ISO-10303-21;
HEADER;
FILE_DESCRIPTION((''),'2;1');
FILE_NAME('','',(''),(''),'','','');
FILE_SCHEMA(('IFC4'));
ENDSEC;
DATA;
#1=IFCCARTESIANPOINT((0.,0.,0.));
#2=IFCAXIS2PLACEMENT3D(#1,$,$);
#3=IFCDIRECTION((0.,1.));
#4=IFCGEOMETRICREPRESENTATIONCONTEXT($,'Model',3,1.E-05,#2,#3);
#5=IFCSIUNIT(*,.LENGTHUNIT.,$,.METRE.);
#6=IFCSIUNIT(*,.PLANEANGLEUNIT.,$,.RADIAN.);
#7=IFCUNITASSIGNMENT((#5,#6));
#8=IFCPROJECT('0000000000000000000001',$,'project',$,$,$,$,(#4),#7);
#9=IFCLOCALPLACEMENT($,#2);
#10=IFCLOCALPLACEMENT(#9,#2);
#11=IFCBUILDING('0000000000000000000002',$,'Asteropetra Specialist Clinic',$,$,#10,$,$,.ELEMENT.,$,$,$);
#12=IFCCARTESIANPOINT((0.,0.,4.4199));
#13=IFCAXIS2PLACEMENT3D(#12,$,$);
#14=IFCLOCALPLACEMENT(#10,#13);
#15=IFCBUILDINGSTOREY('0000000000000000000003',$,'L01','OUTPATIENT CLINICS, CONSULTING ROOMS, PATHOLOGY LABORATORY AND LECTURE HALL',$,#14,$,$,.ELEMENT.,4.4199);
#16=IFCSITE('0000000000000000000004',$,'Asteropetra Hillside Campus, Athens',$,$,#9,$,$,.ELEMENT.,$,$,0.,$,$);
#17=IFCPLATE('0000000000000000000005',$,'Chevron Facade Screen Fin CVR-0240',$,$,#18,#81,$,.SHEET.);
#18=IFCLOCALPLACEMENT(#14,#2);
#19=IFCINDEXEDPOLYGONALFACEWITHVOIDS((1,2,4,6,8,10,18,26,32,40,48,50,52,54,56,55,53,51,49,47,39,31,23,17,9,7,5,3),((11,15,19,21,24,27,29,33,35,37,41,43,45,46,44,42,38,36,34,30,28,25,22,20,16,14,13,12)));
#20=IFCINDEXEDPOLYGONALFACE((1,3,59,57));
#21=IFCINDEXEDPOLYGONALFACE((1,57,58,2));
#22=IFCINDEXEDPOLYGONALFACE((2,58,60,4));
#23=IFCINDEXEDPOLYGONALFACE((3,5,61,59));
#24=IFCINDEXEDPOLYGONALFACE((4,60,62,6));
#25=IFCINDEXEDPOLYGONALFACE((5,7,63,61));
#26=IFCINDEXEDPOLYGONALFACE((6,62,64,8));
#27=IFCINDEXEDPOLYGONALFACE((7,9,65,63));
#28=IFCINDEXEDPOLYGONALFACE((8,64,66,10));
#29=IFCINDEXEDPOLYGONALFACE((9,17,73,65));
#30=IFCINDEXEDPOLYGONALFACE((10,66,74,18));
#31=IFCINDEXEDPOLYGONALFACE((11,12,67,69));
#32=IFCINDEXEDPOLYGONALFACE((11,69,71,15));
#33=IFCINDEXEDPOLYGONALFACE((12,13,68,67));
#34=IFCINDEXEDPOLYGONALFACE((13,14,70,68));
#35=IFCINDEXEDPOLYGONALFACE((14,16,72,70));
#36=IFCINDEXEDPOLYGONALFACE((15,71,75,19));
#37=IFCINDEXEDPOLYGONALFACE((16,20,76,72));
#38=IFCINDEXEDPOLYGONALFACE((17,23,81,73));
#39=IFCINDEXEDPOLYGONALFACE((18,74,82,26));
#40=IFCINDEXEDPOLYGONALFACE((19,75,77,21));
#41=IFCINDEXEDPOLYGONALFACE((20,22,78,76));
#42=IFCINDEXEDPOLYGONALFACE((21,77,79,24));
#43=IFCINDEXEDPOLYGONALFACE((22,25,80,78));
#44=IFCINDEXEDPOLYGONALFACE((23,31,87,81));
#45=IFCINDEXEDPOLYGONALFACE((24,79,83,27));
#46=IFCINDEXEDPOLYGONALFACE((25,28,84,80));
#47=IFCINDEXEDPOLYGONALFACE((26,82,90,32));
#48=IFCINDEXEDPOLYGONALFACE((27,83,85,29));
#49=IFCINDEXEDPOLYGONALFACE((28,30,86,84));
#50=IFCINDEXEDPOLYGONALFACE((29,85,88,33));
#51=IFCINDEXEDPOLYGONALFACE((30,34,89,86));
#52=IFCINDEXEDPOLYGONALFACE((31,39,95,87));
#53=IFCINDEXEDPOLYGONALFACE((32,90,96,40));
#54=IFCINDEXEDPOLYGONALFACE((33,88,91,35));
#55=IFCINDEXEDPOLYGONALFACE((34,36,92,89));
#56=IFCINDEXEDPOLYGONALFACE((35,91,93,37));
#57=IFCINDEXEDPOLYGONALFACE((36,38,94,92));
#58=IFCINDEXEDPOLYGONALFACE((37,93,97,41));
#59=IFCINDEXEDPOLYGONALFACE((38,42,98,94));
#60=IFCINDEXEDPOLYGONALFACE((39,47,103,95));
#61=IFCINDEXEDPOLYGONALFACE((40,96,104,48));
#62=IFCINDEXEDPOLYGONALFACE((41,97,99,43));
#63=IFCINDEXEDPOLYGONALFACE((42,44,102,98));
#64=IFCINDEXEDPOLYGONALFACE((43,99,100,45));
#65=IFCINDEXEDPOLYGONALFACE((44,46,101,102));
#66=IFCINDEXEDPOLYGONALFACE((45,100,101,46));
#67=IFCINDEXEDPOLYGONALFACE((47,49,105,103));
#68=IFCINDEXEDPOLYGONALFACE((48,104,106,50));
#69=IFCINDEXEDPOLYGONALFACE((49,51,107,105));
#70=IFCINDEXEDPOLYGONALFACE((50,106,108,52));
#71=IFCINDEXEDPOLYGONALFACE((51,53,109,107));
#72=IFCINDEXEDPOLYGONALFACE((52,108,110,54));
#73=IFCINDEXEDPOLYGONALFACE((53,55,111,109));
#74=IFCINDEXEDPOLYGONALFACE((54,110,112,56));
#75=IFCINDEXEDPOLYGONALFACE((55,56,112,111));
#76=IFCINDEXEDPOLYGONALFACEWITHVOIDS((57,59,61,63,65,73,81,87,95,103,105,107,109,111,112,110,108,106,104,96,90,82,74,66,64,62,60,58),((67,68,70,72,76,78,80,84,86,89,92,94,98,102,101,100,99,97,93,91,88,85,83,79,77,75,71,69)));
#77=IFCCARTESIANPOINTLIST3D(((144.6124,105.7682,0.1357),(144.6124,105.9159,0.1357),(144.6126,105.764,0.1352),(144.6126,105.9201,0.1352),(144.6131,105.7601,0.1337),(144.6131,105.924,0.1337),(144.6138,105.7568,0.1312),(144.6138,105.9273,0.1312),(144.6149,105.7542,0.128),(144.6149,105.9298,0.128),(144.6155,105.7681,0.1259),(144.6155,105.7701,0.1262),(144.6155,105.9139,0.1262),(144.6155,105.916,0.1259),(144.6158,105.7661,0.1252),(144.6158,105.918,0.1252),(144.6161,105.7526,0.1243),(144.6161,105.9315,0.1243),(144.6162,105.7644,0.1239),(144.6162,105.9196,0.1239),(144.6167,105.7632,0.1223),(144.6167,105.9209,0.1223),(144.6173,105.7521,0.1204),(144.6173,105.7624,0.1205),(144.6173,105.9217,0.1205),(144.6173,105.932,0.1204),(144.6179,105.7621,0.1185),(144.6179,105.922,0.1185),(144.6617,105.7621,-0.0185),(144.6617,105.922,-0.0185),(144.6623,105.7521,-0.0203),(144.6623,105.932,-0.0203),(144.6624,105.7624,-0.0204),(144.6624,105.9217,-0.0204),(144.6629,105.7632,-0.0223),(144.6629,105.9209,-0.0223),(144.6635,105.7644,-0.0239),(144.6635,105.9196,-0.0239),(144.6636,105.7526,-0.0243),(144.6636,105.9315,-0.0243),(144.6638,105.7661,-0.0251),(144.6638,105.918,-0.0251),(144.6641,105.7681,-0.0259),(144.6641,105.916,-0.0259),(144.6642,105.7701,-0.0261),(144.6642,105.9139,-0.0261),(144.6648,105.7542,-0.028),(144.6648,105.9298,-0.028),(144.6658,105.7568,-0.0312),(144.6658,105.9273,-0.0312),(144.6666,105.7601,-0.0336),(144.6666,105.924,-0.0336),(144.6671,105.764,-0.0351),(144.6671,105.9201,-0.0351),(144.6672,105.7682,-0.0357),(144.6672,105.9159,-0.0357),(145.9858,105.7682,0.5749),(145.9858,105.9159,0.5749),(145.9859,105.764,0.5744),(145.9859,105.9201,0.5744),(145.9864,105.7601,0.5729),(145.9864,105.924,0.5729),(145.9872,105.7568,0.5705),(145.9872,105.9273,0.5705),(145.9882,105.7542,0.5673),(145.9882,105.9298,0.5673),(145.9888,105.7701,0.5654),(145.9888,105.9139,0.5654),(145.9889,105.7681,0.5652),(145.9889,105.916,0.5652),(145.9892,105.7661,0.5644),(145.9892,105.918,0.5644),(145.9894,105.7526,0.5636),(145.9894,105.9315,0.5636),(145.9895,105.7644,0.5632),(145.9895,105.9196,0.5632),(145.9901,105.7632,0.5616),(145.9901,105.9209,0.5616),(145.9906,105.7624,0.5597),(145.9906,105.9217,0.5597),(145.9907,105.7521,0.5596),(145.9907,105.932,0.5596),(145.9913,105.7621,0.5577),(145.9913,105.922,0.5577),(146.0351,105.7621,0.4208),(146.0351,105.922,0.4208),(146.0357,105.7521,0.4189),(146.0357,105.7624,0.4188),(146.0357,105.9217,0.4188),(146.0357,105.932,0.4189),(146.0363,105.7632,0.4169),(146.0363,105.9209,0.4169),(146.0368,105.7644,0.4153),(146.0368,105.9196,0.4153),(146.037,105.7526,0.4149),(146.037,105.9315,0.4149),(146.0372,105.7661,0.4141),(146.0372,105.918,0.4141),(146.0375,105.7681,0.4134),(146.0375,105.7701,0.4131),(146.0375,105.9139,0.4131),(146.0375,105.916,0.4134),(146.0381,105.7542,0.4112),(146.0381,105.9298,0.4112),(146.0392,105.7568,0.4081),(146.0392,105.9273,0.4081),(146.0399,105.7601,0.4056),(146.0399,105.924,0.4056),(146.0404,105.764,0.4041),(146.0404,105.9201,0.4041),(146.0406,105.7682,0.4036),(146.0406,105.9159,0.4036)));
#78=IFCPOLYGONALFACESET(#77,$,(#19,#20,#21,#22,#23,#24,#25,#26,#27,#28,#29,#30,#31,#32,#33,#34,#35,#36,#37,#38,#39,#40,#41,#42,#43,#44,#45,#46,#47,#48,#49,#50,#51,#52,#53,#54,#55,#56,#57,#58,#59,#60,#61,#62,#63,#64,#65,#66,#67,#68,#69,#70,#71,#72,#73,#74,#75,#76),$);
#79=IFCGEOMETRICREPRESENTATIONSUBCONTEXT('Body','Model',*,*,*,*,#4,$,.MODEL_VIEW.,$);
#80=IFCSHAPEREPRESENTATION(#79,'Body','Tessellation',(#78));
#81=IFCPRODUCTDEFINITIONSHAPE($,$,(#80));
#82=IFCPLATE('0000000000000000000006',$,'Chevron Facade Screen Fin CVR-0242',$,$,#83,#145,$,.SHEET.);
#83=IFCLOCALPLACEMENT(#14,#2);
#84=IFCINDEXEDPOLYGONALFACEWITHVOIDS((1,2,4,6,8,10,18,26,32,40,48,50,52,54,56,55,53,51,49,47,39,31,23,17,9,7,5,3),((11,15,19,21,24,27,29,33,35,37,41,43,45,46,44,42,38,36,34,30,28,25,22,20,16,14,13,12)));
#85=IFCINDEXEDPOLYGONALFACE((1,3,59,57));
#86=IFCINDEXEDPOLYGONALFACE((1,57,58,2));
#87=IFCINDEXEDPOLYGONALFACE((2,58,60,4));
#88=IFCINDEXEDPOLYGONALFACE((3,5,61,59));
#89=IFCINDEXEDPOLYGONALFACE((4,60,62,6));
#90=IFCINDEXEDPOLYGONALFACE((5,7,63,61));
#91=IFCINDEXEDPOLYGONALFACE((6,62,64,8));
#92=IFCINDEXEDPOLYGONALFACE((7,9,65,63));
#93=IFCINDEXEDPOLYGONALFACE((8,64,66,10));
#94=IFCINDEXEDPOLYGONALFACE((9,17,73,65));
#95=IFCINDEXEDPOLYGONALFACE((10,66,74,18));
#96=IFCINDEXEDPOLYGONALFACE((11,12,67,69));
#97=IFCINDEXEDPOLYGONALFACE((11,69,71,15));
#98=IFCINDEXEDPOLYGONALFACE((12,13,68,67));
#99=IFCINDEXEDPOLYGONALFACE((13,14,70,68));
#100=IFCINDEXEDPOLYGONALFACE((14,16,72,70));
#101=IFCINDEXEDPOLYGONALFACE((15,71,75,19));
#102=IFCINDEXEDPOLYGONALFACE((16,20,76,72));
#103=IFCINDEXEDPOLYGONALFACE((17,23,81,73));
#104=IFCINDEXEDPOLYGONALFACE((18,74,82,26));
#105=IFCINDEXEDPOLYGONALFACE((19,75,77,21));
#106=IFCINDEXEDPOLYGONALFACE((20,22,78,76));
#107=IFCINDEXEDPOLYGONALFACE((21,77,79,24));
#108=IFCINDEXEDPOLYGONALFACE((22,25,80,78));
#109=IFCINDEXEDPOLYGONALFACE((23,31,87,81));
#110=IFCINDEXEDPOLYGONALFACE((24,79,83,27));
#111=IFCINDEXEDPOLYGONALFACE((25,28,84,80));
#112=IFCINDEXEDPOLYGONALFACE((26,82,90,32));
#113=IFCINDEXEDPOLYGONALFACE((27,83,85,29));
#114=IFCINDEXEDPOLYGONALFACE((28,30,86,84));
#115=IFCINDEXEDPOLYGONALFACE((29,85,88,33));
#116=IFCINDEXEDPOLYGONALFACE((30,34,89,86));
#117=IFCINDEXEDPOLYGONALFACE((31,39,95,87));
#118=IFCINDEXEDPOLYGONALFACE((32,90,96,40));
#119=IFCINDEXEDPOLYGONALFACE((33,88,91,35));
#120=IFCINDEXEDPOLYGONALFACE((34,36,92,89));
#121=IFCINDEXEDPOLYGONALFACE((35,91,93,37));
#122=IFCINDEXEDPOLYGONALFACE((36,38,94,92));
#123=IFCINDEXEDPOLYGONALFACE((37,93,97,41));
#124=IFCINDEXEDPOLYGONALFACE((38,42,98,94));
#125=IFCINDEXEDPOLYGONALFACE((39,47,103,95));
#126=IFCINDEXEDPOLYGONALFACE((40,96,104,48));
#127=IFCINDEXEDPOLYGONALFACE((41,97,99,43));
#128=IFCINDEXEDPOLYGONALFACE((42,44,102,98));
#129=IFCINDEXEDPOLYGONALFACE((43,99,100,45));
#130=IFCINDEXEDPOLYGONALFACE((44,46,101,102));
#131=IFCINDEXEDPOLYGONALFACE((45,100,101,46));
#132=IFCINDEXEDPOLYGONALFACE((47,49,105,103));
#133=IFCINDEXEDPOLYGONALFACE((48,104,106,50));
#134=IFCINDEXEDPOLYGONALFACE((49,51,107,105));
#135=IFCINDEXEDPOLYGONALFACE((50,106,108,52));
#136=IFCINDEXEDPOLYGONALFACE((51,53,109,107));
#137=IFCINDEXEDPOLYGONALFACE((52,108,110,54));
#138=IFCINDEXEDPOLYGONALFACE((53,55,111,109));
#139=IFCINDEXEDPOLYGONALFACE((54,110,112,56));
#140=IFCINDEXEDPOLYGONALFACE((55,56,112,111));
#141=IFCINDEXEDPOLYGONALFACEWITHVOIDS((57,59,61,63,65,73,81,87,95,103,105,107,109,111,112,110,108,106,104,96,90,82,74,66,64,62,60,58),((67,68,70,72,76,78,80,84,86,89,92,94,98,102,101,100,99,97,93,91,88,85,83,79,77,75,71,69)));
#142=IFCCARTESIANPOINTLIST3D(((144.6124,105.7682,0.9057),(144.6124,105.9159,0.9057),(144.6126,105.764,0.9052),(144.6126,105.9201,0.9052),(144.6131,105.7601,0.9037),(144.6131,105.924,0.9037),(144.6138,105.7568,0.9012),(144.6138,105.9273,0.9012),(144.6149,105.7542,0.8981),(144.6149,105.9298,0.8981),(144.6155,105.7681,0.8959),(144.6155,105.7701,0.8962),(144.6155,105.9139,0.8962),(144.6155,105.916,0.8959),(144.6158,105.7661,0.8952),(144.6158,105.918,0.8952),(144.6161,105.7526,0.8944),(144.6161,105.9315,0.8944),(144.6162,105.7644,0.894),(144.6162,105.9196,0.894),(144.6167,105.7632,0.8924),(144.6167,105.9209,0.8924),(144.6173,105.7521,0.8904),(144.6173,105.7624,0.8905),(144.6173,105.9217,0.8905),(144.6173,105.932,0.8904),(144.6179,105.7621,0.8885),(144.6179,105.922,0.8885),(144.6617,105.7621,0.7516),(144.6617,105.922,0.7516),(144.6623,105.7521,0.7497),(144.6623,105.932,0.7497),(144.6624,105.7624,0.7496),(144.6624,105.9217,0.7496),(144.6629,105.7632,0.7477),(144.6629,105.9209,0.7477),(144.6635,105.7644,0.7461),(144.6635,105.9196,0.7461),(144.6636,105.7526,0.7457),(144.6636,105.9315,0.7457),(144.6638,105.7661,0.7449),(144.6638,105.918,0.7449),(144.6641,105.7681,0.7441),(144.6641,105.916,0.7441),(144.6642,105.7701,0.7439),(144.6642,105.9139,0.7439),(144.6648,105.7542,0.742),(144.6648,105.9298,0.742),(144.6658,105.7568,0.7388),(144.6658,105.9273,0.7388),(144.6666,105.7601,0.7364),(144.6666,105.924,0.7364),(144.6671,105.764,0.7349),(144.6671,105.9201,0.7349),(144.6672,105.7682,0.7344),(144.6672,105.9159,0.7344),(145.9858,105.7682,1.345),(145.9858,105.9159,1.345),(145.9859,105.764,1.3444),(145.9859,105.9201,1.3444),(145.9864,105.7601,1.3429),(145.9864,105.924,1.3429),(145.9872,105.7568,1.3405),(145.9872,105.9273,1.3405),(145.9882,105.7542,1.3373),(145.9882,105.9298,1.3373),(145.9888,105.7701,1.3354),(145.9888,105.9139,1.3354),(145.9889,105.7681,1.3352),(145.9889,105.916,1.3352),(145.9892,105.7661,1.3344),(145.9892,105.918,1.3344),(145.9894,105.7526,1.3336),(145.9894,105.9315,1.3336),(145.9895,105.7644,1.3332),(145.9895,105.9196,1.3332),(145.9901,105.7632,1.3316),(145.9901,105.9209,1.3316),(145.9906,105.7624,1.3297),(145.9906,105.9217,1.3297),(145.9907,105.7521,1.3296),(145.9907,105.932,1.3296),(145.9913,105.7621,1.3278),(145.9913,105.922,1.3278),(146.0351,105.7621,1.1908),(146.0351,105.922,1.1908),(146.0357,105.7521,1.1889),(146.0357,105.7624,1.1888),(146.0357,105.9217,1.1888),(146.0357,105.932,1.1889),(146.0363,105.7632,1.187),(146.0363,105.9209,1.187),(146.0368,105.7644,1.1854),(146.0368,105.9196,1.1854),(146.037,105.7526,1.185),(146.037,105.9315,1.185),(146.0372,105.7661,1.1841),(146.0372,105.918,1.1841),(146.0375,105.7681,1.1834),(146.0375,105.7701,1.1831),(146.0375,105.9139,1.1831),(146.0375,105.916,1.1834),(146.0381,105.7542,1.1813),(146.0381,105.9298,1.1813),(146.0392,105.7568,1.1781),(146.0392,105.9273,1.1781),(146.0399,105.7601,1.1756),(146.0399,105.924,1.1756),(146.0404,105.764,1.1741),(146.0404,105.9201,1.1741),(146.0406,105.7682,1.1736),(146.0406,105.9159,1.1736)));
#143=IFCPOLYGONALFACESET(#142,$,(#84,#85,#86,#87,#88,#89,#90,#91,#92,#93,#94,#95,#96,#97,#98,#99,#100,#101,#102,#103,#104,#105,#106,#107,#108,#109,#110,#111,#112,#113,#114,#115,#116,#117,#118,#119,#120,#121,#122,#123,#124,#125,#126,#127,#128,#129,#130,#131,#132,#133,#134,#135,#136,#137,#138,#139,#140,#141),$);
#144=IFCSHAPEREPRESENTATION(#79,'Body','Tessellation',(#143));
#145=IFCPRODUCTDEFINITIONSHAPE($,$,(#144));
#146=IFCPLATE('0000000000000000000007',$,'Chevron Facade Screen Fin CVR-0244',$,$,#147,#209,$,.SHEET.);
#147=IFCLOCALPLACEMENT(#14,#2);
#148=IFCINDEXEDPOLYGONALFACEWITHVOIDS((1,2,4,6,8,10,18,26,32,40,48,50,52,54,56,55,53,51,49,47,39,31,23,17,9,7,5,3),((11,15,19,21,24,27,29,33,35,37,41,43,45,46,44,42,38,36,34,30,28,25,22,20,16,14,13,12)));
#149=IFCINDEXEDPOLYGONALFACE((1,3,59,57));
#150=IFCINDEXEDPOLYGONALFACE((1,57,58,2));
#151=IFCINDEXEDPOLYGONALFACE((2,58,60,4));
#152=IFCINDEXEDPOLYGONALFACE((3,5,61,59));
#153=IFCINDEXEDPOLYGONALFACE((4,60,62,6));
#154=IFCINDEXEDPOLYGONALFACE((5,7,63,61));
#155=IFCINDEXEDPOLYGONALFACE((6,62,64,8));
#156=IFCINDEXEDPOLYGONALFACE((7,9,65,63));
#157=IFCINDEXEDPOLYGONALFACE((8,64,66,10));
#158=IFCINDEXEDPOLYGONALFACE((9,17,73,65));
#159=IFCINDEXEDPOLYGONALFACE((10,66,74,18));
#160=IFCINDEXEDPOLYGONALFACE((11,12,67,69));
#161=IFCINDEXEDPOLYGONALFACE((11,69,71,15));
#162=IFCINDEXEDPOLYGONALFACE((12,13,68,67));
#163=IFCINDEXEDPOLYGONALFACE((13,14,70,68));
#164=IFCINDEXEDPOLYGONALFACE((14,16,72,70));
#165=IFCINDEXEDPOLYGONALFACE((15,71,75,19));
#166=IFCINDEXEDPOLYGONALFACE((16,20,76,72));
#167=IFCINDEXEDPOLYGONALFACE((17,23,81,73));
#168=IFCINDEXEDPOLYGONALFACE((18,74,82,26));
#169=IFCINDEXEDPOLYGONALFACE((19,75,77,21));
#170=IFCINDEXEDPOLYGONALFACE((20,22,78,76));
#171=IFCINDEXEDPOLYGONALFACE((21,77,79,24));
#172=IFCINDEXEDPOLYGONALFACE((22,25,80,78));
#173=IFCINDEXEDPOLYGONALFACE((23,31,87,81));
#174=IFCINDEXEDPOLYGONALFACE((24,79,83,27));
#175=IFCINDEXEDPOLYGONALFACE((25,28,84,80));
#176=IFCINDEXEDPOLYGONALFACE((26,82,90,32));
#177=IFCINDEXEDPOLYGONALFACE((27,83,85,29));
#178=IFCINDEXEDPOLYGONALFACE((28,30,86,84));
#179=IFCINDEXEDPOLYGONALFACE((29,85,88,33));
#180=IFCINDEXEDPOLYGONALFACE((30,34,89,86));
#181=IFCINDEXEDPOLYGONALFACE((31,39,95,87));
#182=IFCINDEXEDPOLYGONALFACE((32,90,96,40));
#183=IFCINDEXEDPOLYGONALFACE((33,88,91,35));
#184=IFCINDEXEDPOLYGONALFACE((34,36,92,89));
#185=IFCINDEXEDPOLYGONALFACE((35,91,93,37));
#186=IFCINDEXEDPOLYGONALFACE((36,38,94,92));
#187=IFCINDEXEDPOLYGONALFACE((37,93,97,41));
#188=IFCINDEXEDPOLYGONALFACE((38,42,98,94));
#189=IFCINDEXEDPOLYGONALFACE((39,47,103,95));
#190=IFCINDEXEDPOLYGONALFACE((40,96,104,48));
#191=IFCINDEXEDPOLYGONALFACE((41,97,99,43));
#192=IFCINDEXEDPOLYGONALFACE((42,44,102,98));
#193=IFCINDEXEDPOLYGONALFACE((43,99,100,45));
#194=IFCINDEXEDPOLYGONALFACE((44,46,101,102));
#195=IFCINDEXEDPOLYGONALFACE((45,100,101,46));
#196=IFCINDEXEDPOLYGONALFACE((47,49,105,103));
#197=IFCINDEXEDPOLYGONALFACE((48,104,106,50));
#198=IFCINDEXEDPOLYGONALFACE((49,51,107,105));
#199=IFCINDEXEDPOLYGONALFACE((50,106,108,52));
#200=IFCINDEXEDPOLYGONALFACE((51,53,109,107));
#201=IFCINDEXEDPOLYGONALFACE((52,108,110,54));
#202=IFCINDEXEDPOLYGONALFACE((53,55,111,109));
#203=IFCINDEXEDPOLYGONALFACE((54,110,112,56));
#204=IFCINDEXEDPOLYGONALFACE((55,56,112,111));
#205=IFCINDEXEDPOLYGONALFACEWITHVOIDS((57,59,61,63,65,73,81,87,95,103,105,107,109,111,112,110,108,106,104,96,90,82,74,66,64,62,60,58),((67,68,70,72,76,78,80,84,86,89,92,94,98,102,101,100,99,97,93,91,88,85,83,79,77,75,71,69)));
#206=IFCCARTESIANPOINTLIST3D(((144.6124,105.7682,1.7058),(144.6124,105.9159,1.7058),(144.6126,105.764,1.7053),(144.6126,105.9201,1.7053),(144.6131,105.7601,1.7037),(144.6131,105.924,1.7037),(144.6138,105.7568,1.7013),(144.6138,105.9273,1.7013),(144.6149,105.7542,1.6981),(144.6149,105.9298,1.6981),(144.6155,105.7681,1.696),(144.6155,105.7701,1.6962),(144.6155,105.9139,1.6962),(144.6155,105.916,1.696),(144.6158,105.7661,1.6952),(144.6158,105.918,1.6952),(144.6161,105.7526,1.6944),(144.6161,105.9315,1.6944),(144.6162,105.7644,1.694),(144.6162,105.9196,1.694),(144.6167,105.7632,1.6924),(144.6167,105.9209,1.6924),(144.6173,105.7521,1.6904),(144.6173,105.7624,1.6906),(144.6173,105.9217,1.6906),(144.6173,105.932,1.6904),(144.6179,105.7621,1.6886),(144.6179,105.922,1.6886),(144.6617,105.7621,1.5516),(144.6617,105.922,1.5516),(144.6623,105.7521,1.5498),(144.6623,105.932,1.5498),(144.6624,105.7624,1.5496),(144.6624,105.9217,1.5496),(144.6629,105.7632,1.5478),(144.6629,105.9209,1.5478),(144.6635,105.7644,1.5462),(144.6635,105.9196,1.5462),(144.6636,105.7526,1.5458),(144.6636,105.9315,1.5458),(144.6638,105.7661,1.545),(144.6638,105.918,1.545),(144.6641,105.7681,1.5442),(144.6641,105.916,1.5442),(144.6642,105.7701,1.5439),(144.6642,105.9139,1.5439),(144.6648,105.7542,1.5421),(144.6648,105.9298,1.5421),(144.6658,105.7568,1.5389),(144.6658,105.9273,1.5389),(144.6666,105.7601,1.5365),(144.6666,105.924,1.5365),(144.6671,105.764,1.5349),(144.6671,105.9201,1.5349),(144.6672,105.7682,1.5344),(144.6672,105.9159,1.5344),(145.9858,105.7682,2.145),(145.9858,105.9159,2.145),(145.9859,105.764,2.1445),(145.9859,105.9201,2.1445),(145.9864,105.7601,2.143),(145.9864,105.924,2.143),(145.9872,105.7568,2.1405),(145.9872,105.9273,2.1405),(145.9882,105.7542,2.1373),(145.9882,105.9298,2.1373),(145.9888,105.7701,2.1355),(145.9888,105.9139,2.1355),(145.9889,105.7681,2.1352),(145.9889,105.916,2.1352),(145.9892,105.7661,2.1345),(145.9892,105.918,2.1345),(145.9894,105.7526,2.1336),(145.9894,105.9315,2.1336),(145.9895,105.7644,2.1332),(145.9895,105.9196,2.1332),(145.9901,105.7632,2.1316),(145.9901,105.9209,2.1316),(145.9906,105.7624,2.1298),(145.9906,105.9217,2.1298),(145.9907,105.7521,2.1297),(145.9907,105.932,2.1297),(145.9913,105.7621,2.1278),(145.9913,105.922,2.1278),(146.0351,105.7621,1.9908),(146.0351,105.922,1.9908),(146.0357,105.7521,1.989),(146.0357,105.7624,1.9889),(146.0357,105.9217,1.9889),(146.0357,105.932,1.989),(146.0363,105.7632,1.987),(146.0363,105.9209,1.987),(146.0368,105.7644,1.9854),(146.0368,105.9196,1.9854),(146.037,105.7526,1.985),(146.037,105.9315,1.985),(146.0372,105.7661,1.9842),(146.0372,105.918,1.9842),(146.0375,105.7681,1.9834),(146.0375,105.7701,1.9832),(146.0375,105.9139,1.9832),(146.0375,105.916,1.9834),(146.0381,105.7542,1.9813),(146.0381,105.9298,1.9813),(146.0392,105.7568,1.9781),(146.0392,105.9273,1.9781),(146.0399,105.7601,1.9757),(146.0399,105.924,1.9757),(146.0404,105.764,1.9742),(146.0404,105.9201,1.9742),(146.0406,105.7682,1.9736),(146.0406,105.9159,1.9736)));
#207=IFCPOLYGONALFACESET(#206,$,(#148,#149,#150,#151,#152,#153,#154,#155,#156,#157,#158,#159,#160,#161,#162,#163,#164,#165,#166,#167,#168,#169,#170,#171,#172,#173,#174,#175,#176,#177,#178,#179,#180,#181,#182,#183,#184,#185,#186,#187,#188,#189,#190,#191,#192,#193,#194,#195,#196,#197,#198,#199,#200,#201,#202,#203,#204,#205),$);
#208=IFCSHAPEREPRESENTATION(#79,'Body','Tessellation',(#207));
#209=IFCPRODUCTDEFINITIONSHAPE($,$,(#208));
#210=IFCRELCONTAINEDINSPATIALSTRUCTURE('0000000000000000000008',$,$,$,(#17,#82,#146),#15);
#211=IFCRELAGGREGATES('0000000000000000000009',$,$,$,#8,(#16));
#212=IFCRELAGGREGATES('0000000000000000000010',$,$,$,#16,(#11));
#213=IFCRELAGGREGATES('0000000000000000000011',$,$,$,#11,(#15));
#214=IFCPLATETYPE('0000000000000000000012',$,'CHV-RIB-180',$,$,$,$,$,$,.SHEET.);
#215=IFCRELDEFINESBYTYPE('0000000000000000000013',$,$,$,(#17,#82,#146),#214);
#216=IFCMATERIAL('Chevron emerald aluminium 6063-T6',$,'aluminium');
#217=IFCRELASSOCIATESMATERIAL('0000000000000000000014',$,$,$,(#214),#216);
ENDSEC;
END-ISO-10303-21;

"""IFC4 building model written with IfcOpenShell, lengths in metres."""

from ifc_helpers import new_model, si_unit, direction, frame, origin, origin_2d, place, context, subcontext, project, spatial, hollow_rectangle, extrude, material, material_profile, profile_set, type_object, element, save


model = new_model("IFC4")

# Units and contexts
model_context = context("Model", 3, precision=1e-05, world=origin(), true_north=direction((0.0, 1.0)))
body_context = subcontext(model_context, "Body", "Model", "MODEL_VIEW")
ifc_project = project(units=[si_unit("LENGTHUNIT", "METRE"), si_unit("PLANEANGLEUNIT", "RADIAN")], contexts=[model_context])

# Site, building, storey
site_placement = place(None, origin())
site = spatial("IfcSite", under=ifc_project, at=site_placement, Name="Asteropetra Hillside Campus, Athens", CompositionType="ELEMENT", RefElevation=0.0)
building_placement = place(site_placement, origin())
building = spatial("IfcBuilding", under=site, at=building_placement, Name="Asteropetra Specialist Clinic", CompositionType="ELEMENT")
storey_placement = place(building_placement, frame((0.0, 0.0, 4.4199)))
storey = spatial("IfcBuildingStorey", under=building, at=storey_placement, Name="L01", Description="OUTPATIENT CLINICS, CONSULTING ROOMS, PATHOLOGY LABORATORY AND LECTURE HALL", CompositionType="ELEMENT", Elevation=4.4199)

# Plates
ifc_material_1 = material(Name="Chevron emerald aluminium 6063-T6", Category="aluminium")
ifc_material_profile_1 = material_profile(ifc_material_1, hollow_rectangle(XDim=0.1799, YDim=0.1799, WallThickness=0.01, InnerFilletRadius=0.0081, OuterFilletRadius=0.0161, at=origin_2d()), Name="SHS 180x180x10.0")
ifc_profile_set_1 = profile_set([ifc_material_profile_1], Name="Chevron emerald aluminium 6063-T6")
plate_type = type_object("IfcPlateType", Name="CHV-RIB-180", PredefinedType="SHEET", material=ifc_profile_set_1)
for number, where, z_axis, x_axis, name in (
    (1, (146.0132, 105.842, 0.4893), (-0.952473, 0.0, -0.304622), (0.0, -1.0, 0.0), "Chevron Facade Screen Fin CVR-0240"),
    (2, (146.0132, 105.842, 1.2593), (-0.952473, 0.0, -0.304622), (0.0, -1.0, 0.0), "Chevron Facade Screen Fin CVR-0242"),
    (3, (146.0132, 105.842, 2.0593), (-0.952473, 0.0, -0.304622), (0.0, -1.0, 0.0), "Chevron Facade Screen Fin CVR-0244"),
):
    element("IfcPlate", number, at=place(storey_placement, frame(where, z_axis=z_axis, x_axis=x_axis)), inside=storey, type_object=plate_type, Name=name, PredefinedType="SHEET", context=body_context, shape_type="SweptSolid", body=[
        extrude(hollow_rectangle(XDim=0.1799, YDim=0.1799, WallThickness=0.01, InnerFilletRadius=0.0081, OuterFilletRadius=0.0161, at=origin_2d()), origin(), (0.0, 0.0, 1.0), 1.4419),
    ])

save(model, "model.ifc")
